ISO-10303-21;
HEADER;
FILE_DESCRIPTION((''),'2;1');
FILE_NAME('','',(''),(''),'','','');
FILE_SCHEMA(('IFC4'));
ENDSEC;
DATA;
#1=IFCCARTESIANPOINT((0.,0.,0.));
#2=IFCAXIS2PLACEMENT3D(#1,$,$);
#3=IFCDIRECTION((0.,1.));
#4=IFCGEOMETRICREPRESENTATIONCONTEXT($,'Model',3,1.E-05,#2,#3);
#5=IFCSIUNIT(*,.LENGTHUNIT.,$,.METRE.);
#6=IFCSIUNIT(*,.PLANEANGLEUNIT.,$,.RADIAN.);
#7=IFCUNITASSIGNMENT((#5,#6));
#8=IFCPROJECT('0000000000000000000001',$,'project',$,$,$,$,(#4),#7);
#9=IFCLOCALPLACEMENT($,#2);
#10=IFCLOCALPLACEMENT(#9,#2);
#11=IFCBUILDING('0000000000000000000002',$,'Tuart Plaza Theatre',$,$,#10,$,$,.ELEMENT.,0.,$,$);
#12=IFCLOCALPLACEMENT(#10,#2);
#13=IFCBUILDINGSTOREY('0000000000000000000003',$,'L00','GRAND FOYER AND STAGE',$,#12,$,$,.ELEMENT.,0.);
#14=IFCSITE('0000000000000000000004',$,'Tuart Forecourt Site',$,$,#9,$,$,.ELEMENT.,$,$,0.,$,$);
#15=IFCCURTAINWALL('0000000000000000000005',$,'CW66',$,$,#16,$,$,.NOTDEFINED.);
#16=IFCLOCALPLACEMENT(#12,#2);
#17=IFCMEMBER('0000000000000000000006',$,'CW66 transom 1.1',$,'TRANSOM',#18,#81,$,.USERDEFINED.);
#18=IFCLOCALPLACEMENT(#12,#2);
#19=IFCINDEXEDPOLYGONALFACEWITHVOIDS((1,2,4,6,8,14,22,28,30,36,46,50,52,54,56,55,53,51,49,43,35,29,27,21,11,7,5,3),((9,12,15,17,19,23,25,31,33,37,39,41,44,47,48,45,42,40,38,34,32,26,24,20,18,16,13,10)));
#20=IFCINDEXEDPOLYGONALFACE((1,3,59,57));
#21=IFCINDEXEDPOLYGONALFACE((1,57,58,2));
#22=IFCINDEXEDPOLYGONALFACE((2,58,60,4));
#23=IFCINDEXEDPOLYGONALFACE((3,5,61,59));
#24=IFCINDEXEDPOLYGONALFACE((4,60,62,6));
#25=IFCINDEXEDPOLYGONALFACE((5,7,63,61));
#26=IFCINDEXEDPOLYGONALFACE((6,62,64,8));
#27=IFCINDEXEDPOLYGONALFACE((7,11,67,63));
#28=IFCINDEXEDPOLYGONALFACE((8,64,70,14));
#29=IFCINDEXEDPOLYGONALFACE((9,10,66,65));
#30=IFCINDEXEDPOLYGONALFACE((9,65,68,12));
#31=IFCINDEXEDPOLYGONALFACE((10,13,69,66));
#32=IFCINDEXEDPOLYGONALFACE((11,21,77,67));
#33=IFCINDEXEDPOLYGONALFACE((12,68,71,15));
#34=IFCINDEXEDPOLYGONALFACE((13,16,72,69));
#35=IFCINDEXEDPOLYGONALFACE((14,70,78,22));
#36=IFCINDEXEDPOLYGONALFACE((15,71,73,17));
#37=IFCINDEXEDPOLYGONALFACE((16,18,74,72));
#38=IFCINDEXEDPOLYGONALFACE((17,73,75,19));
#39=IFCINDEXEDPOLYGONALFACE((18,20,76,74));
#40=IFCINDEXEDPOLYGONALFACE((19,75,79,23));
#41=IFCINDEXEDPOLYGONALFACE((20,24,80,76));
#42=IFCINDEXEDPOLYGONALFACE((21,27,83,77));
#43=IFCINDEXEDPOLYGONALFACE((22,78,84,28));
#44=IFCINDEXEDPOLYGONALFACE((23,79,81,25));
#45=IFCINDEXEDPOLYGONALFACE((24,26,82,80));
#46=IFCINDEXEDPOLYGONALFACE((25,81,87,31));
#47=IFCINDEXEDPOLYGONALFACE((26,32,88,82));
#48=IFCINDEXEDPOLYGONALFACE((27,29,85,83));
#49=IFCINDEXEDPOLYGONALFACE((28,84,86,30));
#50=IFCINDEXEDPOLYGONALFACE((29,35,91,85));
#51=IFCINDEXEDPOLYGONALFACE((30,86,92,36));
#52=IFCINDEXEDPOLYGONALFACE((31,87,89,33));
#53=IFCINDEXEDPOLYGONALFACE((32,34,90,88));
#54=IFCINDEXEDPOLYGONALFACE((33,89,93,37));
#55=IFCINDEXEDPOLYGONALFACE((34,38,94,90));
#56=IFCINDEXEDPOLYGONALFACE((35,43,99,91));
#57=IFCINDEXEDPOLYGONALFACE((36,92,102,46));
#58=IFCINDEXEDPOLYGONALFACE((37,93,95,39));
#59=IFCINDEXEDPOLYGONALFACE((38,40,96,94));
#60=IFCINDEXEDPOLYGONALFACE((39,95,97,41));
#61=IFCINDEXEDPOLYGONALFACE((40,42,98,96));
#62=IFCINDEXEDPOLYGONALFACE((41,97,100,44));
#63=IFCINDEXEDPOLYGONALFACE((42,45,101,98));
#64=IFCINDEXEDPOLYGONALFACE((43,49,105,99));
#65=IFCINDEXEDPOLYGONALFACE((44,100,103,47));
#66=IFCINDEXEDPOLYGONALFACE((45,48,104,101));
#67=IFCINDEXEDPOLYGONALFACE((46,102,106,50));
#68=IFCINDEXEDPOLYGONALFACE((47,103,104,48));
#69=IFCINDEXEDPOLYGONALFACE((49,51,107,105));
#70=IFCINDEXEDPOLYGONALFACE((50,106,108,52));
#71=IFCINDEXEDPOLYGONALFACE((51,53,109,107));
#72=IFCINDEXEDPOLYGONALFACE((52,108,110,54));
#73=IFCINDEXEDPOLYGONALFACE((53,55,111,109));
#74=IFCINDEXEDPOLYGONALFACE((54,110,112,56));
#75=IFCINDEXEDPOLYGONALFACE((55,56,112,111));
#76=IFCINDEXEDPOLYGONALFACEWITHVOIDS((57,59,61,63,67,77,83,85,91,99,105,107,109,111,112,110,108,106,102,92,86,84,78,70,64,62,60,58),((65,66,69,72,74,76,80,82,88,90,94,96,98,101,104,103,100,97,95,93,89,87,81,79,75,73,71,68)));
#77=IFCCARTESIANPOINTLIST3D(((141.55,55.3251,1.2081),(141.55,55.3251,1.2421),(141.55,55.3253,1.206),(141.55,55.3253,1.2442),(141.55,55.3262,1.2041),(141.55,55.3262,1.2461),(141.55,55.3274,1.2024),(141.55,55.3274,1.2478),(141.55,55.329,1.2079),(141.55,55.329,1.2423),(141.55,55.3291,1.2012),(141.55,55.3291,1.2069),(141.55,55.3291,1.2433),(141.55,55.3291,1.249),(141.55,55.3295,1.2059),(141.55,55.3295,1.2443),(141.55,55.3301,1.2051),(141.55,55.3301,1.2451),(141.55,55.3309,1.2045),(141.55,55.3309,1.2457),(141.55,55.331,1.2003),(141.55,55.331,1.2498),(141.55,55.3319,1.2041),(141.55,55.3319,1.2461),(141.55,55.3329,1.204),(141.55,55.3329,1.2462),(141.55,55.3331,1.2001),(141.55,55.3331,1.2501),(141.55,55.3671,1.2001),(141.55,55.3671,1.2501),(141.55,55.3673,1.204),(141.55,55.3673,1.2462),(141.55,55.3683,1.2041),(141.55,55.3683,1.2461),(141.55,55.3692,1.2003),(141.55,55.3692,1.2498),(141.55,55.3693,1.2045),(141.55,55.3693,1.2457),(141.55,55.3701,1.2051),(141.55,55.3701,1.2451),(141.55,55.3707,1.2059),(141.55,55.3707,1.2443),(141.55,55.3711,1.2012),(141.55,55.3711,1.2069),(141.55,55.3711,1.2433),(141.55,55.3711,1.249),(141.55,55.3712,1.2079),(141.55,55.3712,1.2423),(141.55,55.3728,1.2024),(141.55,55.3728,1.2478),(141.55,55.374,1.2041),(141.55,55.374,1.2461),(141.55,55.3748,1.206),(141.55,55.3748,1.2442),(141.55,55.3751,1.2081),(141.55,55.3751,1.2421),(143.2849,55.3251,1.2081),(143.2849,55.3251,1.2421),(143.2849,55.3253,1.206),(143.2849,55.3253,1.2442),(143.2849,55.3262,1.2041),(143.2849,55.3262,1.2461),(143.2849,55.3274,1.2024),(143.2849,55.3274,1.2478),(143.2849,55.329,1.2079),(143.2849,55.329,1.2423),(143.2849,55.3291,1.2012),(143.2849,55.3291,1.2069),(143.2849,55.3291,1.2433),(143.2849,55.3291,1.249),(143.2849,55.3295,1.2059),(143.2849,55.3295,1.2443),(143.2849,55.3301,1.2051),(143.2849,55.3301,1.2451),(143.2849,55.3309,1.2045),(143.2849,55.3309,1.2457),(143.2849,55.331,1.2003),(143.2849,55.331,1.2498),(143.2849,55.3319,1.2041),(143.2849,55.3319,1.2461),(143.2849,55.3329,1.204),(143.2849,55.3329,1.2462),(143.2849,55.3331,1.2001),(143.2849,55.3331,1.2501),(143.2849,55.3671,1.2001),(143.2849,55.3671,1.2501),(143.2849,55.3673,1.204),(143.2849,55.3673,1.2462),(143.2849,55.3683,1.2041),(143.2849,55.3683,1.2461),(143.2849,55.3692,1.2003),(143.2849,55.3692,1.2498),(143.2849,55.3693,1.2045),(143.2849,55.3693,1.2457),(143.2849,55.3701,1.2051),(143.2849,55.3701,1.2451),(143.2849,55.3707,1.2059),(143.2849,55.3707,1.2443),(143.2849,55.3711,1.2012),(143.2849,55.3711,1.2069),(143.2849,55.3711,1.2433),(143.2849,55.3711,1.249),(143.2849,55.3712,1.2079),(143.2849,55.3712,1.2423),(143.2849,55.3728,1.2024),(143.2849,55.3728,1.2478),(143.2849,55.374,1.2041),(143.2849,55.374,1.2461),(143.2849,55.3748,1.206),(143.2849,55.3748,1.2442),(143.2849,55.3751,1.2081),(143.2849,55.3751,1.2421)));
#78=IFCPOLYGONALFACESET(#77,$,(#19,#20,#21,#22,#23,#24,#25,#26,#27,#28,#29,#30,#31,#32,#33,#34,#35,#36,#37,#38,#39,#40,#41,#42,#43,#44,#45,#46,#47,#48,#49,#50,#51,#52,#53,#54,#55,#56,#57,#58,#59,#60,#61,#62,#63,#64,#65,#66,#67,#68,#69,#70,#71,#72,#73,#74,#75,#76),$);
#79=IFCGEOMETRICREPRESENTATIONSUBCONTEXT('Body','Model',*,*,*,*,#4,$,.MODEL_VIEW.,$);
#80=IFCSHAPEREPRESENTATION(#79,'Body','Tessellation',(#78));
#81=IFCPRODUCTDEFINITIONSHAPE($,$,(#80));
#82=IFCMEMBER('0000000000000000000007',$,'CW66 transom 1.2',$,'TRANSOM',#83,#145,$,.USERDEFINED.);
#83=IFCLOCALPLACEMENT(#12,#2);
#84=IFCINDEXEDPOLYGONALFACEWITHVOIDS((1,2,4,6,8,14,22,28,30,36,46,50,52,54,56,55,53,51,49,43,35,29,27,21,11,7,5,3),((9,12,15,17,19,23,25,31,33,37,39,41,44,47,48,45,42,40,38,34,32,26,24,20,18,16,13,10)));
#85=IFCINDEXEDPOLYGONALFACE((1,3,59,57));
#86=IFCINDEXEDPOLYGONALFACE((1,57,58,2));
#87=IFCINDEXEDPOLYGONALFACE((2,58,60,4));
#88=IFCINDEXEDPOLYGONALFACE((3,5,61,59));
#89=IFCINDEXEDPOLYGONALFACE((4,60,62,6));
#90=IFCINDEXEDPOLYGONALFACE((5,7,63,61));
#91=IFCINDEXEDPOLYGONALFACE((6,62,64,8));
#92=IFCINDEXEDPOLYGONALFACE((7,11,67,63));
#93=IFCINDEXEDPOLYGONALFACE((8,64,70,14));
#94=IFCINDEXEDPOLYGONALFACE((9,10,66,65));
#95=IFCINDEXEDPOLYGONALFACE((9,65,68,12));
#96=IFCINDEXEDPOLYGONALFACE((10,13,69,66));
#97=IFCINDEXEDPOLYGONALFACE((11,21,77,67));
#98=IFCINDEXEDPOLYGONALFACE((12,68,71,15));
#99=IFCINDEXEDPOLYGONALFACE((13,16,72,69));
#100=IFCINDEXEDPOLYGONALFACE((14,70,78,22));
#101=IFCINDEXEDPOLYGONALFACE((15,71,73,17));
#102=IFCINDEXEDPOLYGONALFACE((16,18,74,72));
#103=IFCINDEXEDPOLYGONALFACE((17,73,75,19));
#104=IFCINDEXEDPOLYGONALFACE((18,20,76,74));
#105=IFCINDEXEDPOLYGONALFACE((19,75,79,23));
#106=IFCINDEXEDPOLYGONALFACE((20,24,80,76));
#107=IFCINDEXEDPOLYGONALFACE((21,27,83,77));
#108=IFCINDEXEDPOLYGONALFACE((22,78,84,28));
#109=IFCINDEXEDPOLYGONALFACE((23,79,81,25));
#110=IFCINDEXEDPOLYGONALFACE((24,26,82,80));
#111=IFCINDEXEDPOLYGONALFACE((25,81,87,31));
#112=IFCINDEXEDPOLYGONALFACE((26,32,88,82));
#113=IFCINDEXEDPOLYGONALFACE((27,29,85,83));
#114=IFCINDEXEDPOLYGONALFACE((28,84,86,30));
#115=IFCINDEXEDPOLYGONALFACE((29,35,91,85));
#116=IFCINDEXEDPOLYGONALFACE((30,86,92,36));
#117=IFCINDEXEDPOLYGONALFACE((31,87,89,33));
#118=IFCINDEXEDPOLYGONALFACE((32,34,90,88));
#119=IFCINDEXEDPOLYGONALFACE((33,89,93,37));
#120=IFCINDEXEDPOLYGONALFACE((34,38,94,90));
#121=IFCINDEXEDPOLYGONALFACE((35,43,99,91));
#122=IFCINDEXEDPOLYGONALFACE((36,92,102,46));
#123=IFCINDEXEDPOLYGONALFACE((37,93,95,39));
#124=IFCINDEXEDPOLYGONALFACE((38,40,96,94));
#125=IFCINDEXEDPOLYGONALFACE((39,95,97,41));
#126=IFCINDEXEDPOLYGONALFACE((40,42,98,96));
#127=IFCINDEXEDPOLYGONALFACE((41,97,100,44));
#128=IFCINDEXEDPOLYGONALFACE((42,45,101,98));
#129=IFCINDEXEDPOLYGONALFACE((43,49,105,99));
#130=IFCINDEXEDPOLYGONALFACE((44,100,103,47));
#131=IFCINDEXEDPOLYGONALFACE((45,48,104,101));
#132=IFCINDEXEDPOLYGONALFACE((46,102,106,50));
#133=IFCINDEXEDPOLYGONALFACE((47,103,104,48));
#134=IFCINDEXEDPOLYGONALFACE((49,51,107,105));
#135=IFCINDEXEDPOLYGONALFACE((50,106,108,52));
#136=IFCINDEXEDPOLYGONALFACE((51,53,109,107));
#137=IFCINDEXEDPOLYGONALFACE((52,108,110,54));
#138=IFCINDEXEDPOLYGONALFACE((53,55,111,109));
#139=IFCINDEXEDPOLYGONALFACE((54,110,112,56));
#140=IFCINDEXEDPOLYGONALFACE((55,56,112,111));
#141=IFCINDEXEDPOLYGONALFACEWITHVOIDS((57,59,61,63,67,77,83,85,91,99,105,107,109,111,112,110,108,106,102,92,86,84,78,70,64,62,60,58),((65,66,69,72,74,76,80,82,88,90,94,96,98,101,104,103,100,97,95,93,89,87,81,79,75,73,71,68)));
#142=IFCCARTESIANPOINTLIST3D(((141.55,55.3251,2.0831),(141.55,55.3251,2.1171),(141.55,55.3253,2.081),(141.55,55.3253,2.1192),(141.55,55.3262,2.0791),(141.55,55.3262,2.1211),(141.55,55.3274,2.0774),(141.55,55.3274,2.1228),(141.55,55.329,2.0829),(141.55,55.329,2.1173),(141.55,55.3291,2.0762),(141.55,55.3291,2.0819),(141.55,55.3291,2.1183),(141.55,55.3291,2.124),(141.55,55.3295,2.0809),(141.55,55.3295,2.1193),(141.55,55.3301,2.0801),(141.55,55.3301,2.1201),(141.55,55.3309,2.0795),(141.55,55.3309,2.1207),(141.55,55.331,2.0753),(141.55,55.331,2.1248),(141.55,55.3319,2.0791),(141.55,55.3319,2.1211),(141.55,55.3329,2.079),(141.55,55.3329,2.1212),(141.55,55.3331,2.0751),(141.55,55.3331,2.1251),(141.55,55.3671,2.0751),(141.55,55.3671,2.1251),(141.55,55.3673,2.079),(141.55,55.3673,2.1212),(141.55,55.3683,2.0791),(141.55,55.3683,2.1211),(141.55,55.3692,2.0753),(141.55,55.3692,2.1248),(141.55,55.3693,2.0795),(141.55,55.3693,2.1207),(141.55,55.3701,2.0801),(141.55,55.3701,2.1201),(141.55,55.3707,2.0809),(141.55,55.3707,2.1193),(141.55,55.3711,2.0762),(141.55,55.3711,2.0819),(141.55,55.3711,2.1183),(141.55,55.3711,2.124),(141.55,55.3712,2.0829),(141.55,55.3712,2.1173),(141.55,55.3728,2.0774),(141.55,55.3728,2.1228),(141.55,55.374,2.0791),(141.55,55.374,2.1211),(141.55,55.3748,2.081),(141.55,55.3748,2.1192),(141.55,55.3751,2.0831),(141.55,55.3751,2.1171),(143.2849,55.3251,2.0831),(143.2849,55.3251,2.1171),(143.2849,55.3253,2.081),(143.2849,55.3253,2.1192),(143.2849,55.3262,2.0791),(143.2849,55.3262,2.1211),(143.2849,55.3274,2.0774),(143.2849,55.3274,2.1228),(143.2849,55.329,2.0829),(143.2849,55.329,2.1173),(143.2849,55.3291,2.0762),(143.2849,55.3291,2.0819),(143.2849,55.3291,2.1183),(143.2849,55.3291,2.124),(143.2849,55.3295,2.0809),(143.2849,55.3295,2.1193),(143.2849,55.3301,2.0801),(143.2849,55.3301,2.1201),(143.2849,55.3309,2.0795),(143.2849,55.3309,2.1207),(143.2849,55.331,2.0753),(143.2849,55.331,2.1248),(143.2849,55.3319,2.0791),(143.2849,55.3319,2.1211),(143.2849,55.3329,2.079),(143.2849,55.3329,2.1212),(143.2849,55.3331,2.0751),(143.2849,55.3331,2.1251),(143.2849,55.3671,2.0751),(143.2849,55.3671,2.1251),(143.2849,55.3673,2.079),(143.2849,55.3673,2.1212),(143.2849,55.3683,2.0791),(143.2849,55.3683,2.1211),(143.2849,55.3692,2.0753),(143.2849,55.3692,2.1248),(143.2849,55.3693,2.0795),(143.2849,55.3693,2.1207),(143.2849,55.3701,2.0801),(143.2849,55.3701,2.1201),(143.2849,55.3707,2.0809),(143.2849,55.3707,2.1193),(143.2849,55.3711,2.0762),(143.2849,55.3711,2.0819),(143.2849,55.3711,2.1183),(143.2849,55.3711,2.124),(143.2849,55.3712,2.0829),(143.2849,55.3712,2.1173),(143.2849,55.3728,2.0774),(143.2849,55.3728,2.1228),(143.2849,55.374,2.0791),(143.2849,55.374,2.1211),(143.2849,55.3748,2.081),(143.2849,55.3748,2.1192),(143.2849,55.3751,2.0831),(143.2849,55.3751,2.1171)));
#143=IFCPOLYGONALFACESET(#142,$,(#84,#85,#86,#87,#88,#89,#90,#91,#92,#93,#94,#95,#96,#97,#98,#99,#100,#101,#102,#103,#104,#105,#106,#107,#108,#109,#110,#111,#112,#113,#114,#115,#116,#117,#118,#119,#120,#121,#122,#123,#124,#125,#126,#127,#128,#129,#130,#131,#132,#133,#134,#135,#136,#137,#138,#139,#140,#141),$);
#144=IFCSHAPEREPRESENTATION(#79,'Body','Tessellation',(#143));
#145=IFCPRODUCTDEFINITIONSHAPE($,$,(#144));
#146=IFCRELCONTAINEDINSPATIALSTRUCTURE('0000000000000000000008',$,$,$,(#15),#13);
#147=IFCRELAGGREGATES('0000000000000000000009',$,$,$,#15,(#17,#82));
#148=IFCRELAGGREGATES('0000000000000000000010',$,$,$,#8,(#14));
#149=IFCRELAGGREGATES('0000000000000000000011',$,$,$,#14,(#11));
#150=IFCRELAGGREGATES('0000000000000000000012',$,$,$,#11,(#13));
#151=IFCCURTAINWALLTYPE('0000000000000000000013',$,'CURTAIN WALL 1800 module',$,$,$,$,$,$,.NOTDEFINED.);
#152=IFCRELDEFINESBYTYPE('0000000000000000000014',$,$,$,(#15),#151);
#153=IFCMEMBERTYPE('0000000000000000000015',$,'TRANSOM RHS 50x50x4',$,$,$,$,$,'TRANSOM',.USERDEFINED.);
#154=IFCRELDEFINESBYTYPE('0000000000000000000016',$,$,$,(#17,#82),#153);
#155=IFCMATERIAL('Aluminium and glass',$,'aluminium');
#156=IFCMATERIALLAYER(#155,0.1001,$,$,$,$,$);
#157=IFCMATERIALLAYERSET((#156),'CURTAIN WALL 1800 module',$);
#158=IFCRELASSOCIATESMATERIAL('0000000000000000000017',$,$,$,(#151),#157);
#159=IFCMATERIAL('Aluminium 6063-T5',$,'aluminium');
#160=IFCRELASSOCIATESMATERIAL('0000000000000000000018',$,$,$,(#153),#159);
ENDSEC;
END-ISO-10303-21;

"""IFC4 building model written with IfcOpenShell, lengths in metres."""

from ifc_helpers import new_model, si_unit, direction, frame, origin, origin_2d, place, context, subcontext, project, spatial, hollow_rectangle, extrude, material, layer, layer_set, material_profile, profile_set, type_object, element, aggregate, save


model = new_model("IFC4")

# Units and contexts
model_context = context("Model", 3, precision=1e-05, world=origin(), true_north=direction((0.0, 1.0)))
body_context = subcontext(model_context, "Body", "Model", "MODEL_VIEW")
ifc_project = project(units=[si_unit("LENGTHUNIT", "METRE"), si_unit("PLANEANGLEUNIT", "RADIAN")], contexts=[model_context])

# Site, building, storey
site_placement = place(None, origin())
site = spatial("IfcSite", under=ifc_project, at=site_placement, Name="Tuart Forecourt Site", CompositionType="ELEMENT", RefElevation=0.0)
building_placement = place(site_placement, origin())
building = spatial("IfcBuilding", under=site, at=building_placement, Name="Tuart Plaza Theatre", CompositionType="ELEMENT", ElevationOfRefHeight=0.0)
storey_placement = place(building_placement, origin())
storey = spatial("IfcBuildingStorey", under=building, at=storey_placement, Name="L00", Description="GRAND FOYER AND STAGE", CompositionType="ELEMENT", Elevation=0.0)

# Curtain wall
ifc_material_1 = material(Name="Aluminium and glass", Category="aluminium")
ifc_layer_1 = layer(ifc_material_1, 0.1001)
ifc_layer_set_1 = layer_set([ifc_layer_1], Name="CURTAIN WALL 1800 module")
curtain_wall_type_1 = type_object("IfcCurtainWallType", Name="CURTAIN WALL 1800 module", PredefinedType="NOTDEFINED", material=ifc_layer_set_1)
curtain_wall_1_placement = place(storey_placement, origin())
curtain_wall_1 = element("IfcCurtainWall", 1, at=curtain_wall_1_placement, inside=storey, type_object=curtain_wall_type_1, Name="CW66", PredefinedType="NOTDEFINED")

# Members
ifc_material_2 = material(Name="Aluminium 6063-T5", Category="aluminium")
ifc_material_profile_1 = material_profile(ifc_material_2, hollow_rectangle(XDim=0.05, YDim=0.05, WallThickness=0.0039, InnerFilletRadius=0.0039, OuterFilletRadius=0.0081, at=origin_2d()), Name="RHS 50x50x4")
ifc_profile_set_1 = profile_set([ifc_material_profile_1], Name="Aluminium 6063-T5")
member_type_1 = type_object("IfcMemberType", Name="TRANSOM RHS 50x50x4", ElementType="TRANSOM", PredefinedType="USERDEFINED", material=ifc_profile_set_1)
member_1_placement = place(storey_placement, frame((141.55, 55.3501, 1.2251), z_axis=(1.0, 0.0, 0.0), x_axis=(0.0, 1.0, 0.0)))
member_1 = element("IfcMember", 2, at=member_1_placement, type_object=member_type_1, Name="CW66 transom 1.1", ObjectType="TRANSOM", PredefinedType="USERDEFINED", context=body_context, shape_type="SweptSolid", body=[
    extrude(hollow_rectangle(XDim=0.05, YDim=0.05, WallThickness=0.0039, InnerFilletRadius=0.0039, OuterFilletRadius=0.0081, at=origin_2d()), origin(), (0.0, 0.0, 1.0), 1.7349),
])
member_2_placement = place(storey_placement, frame((141.55, 55.3501, 2.1001), z_axis=(1.0, 0.0, 0.0), x_axis=(0.0, 1.0, 0.0)))
member_2 = element("IfcMember", 3, at=member_2_placement, type_object=member_type_1, Name="CW66 transom 1.2", ObjectType="TRANSOM", PredefinedType="USERDEFINED", context=body_context, shape_type="SweptSolid", body=[
    extrude(hollow_rectangle(XDim=0.05, YDim=0.05, WallThickness=0.0039, InnerFilletRadius=0.0039, OuterFilletRadius=0.0081, at=origin_2d()), origin(), (0.0, 0.0, 1.0), 1.7349),
])

aggregate(curtain_wall_1, [member_1, member_2])

save(model, "model.ifc")
